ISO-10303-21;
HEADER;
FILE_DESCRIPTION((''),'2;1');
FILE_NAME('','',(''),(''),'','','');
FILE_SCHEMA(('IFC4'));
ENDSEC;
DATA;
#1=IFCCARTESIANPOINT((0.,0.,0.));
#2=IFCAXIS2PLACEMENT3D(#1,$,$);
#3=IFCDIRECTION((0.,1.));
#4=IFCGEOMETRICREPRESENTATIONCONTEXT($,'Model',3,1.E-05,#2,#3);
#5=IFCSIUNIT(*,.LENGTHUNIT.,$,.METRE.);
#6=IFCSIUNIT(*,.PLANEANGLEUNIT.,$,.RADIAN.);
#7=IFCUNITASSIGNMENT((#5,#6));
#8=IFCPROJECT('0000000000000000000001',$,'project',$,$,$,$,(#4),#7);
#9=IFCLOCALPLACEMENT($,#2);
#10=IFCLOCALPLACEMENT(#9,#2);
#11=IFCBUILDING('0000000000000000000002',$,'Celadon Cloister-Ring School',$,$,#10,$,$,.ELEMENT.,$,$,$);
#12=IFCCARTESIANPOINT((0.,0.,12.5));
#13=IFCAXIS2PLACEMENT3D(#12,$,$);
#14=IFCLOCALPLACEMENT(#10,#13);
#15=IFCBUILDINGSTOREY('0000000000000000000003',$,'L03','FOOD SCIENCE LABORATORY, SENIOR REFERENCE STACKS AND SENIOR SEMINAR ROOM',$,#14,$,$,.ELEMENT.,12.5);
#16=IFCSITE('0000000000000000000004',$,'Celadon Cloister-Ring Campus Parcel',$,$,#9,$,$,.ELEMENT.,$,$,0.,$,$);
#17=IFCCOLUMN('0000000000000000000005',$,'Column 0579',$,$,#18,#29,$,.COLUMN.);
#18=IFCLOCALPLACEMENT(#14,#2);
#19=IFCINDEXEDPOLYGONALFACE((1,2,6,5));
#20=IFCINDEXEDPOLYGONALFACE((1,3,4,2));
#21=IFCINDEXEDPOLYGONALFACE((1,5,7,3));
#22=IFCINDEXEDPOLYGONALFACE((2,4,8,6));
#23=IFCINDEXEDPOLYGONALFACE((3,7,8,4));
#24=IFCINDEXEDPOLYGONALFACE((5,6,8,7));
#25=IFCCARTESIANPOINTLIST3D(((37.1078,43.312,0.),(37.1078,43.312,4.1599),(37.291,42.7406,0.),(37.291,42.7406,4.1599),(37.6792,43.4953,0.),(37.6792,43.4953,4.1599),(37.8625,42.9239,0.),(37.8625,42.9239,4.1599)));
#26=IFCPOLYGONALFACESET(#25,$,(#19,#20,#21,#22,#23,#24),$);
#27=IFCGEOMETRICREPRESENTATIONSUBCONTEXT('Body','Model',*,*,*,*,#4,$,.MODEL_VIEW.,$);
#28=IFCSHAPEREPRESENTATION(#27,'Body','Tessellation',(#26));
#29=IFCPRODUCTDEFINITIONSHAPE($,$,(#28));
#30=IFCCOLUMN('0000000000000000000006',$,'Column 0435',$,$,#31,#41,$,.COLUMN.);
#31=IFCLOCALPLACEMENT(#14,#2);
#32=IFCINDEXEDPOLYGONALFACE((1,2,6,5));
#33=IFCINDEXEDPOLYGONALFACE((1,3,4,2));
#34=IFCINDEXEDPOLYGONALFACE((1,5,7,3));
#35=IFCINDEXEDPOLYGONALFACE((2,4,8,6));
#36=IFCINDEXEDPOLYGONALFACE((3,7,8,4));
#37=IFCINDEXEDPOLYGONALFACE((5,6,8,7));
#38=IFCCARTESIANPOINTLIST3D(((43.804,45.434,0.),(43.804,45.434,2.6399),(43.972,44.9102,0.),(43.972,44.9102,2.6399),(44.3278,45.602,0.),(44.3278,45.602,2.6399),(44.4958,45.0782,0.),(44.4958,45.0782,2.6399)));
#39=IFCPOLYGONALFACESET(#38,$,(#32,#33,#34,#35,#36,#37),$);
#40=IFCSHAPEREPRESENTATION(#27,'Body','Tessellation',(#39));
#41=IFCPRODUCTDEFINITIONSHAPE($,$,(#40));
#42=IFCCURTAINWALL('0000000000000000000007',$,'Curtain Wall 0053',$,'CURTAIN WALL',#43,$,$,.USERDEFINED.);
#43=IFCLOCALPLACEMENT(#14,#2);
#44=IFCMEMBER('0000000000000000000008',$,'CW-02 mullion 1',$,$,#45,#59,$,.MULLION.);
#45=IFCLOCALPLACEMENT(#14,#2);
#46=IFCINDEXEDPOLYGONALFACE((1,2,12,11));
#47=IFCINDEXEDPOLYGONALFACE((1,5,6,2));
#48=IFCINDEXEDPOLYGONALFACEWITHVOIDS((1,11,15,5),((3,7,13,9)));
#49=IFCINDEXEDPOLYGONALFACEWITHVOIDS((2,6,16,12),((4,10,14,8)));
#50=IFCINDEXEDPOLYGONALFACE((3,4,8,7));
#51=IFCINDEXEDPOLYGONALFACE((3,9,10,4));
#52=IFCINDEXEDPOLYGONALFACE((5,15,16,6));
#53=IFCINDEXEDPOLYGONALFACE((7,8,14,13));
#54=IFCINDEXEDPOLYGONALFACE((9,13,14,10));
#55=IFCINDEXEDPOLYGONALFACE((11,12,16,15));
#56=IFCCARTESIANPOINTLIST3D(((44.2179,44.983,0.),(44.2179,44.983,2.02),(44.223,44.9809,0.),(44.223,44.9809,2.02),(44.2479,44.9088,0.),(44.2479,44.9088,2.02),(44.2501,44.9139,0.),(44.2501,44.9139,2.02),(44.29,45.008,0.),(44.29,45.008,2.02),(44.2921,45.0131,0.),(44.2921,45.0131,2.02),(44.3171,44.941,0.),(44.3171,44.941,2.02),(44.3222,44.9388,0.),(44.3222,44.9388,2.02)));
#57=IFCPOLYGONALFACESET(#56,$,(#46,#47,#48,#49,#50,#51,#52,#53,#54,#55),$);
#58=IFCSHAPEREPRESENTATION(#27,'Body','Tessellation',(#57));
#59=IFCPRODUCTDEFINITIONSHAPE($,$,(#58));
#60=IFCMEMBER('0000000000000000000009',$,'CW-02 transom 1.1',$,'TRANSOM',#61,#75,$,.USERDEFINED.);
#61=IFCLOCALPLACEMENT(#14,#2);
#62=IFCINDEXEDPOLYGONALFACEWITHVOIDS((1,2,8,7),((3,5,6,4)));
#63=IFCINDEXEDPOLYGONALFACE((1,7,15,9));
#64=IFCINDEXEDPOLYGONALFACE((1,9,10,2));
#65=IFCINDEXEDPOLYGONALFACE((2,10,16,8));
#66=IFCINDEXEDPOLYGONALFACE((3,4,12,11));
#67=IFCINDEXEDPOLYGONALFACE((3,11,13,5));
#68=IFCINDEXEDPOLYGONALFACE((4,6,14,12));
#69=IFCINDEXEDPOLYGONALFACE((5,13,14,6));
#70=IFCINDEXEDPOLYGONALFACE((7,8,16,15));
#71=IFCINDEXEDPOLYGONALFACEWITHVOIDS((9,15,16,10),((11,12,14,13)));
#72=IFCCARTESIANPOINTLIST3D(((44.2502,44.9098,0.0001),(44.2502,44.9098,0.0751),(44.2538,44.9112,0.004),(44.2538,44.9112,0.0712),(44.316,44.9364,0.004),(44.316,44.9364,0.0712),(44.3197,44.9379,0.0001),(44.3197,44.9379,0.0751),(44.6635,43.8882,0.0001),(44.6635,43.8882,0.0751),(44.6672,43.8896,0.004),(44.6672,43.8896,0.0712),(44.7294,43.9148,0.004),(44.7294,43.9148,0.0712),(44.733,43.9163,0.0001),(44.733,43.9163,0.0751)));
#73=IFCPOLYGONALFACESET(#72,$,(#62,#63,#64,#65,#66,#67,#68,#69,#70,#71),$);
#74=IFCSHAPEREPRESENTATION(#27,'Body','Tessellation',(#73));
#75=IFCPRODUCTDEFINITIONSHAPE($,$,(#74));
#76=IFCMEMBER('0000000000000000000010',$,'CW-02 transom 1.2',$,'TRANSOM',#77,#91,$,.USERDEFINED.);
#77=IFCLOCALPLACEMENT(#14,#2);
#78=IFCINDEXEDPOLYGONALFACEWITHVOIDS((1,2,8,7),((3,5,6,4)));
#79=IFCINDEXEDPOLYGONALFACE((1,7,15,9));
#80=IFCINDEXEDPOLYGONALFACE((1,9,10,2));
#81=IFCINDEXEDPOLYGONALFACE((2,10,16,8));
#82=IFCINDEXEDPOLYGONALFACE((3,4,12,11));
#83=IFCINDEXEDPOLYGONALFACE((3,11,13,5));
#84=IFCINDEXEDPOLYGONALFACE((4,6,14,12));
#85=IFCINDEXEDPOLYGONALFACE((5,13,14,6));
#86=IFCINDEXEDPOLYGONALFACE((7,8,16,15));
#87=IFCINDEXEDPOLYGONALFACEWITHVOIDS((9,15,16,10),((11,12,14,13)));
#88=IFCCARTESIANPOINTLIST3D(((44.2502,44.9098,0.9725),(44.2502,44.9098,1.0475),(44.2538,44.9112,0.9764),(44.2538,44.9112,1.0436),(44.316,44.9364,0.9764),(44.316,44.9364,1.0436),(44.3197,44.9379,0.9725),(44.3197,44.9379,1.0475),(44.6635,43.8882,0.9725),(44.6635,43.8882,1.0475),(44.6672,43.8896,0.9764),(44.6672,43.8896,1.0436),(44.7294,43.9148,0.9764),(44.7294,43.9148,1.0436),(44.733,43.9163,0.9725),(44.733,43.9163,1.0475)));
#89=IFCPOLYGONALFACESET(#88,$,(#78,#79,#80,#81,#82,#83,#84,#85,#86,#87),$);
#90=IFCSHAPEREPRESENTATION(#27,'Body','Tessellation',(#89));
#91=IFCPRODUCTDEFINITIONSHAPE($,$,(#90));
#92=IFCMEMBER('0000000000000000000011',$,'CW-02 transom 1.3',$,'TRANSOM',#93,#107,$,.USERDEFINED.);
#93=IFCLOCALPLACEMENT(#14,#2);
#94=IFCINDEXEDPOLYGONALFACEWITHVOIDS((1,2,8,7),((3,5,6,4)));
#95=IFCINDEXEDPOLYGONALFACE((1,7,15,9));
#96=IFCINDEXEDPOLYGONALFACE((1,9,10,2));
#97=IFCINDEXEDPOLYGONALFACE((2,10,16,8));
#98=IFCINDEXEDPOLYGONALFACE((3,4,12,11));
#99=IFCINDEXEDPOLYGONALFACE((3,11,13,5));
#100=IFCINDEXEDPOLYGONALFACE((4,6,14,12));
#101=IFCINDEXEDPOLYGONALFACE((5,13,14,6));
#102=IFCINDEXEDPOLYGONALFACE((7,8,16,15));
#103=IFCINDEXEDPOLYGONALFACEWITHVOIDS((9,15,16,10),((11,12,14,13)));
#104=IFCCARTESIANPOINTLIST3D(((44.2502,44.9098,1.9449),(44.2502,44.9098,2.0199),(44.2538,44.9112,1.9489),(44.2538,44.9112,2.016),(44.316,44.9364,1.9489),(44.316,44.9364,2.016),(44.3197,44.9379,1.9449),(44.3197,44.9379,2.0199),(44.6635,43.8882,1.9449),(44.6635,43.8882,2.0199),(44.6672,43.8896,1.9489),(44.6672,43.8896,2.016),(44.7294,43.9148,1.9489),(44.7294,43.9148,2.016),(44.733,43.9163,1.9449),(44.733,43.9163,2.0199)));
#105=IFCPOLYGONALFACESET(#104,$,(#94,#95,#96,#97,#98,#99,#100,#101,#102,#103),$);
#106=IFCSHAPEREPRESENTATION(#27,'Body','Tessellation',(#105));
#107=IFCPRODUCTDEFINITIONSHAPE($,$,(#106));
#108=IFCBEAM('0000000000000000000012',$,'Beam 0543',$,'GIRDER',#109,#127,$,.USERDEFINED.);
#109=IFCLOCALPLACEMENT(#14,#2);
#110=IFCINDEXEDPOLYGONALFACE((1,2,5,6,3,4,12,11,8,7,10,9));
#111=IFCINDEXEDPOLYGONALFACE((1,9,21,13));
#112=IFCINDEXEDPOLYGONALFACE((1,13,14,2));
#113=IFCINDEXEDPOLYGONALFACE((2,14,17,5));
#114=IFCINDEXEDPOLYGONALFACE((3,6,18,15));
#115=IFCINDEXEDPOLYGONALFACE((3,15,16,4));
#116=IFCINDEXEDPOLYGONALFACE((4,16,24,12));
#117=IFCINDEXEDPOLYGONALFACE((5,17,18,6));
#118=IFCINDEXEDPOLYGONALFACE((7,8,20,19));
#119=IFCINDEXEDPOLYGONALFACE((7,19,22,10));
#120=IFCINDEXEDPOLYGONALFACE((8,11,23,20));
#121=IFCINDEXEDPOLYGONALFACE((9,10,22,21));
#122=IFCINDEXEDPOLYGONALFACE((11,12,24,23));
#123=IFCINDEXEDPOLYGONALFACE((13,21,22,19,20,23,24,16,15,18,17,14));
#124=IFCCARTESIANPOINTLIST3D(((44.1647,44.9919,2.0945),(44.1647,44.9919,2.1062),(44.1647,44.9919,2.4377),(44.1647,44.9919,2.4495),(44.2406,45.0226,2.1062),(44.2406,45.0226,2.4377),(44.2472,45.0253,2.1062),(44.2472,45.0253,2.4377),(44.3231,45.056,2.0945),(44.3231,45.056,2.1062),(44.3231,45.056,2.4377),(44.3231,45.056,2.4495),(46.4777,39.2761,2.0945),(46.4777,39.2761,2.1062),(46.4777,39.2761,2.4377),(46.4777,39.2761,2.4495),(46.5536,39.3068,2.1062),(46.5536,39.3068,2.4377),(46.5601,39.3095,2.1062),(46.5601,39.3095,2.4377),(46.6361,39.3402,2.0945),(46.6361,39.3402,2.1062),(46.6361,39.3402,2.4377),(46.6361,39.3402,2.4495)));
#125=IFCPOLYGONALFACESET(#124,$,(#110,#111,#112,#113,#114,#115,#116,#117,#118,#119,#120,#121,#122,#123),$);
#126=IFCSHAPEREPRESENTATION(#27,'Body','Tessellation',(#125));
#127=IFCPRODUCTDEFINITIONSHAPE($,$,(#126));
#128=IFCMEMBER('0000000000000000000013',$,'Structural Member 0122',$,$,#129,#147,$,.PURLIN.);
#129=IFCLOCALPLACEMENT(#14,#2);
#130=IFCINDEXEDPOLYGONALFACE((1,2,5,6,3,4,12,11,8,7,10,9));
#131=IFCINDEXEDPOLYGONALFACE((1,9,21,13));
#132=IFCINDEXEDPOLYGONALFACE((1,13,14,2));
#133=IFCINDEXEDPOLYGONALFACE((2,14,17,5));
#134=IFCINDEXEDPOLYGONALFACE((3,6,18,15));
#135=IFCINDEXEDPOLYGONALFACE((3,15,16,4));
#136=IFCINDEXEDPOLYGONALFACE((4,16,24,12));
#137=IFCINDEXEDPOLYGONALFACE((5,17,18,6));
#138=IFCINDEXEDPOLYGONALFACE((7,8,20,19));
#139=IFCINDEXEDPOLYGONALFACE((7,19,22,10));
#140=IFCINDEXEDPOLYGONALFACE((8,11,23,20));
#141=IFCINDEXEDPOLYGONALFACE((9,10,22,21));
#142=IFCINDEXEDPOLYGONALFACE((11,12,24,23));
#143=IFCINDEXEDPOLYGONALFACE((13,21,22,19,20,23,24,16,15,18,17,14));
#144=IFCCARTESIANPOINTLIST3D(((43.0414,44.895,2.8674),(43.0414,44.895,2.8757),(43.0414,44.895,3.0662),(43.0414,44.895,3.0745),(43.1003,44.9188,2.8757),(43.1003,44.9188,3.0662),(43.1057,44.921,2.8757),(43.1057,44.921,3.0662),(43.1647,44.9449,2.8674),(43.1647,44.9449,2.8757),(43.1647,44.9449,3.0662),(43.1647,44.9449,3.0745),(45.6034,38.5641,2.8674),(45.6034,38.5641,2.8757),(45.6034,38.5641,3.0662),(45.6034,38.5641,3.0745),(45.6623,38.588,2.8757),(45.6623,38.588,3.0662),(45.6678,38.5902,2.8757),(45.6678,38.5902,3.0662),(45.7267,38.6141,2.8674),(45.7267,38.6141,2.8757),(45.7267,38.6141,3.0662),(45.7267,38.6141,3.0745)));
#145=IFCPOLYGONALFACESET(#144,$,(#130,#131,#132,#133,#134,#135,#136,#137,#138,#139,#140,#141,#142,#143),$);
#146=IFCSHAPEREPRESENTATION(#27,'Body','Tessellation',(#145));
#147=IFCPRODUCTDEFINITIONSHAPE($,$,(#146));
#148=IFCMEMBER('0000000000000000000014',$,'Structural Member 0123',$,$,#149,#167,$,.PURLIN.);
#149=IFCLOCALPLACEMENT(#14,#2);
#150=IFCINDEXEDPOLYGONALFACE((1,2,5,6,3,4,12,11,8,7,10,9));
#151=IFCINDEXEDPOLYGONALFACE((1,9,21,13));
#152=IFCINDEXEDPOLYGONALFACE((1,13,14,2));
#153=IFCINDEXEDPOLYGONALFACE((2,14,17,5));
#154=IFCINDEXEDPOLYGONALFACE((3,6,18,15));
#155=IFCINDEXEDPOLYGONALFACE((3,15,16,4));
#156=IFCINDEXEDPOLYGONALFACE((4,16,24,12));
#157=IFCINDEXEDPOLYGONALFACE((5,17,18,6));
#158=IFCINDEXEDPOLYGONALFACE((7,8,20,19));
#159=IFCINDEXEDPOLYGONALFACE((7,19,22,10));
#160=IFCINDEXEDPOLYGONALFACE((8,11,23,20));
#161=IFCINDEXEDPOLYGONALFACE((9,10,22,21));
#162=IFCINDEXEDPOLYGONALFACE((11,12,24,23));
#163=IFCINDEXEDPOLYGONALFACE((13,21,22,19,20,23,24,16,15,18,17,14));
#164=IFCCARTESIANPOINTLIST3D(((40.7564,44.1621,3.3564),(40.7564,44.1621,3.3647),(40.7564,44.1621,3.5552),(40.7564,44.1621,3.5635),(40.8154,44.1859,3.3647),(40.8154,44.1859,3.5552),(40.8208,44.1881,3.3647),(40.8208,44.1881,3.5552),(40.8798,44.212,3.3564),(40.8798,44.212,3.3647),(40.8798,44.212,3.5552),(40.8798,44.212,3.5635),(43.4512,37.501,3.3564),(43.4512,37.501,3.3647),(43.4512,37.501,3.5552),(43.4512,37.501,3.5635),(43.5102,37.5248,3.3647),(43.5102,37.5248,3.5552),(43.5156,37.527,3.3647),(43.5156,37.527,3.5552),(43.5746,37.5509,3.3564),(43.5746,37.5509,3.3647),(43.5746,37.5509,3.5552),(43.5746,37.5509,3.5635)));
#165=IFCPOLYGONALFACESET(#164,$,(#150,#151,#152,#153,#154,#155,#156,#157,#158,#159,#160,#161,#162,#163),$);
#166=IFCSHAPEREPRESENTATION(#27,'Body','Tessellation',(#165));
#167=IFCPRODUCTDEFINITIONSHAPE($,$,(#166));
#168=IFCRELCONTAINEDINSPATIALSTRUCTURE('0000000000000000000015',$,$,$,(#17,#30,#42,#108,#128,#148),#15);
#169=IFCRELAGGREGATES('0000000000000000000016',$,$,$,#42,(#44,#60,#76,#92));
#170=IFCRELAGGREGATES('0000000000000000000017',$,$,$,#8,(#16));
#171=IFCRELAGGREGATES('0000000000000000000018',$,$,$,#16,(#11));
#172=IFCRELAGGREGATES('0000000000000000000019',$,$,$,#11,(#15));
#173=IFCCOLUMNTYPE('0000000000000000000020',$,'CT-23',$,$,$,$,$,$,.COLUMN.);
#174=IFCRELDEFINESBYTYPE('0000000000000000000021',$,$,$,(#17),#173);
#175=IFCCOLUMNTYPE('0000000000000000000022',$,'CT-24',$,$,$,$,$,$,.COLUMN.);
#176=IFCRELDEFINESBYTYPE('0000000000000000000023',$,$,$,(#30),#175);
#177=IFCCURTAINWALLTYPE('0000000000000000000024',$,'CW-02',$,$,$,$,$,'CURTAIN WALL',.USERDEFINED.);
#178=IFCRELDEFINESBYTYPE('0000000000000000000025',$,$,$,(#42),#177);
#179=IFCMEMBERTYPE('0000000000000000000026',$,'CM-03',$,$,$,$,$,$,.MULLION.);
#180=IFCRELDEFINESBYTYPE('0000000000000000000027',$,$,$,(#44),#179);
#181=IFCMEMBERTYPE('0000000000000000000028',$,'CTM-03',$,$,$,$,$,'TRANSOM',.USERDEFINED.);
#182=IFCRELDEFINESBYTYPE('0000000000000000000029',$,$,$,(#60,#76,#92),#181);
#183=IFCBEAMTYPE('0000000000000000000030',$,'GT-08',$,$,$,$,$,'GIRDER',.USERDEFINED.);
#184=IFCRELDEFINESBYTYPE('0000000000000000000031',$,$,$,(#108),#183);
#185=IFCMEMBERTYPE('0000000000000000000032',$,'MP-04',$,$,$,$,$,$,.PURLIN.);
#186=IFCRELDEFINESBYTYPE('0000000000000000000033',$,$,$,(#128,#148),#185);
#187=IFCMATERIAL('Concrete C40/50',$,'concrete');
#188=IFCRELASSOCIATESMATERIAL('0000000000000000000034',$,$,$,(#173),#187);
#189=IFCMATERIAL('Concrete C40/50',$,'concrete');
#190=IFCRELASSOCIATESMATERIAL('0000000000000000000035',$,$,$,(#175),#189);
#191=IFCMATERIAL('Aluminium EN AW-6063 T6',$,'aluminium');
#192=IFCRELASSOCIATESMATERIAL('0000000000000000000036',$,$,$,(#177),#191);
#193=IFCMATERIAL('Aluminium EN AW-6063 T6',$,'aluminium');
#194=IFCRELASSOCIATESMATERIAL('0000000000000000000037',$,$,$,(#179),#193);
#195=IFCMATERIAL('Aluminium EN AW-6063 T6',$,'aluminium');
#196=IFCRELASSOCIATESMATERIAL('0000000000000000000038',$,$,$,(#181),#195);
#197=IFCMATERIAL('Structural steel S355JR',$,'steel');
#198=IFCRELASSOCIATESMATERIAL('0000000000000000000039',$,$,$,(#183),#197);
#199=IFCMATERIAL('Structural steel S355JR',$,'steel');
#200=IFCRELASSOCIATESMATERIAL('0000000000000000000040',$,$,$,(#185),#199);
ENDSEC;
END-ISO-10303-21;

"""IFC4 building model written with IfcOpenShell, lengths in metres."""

from ifc_helpers import new_model, si_unit, direction, frame, origin, origin_2d, place, context, subcontext, project, spatial, rectangle, hollow_rectangle, i_section, extrude, material, material_profile, profile_set, type_object, element, aggregate, save


model = new_model("IFC4")

# Units and contexts
model_context = context("Model", 3, precision=1e-05, world=origin(), true_north=direction((0.0, 1.0)))
body_context = subcontext(model_context, "Body", "Model", "MODEL_VIEW")
ifc_project = project(units=[si_unit("LENGTHUNIT", "METRE"), si_unit("PLANEANGLEUNIT", "RADIAN")], contexts=[model_context])

# Site, building, storey
site_placement = place(None, origin())
site = spatial("IfcSite", under=ifc_project, at=site_placement, Name="Celadon Cloister-Ring Campus Parcel", CompositionType="ELEMENT", RefElevation=0.0)
building_placement = place(site_placement, origin())
building = spatial("IfcBuilding", under=site, at=building_placement, Name="Celadon Cloister-Ring School", CompositionType="ELEMENT")
storey_placement = place(building_placement, frame((0.0, 0.0, 12.5)))
storey = spatial("IfcBuildingStorey", under=building, at=storey_placement, Name="L03", Description="FOOD SCIENCE LABORATORY, SENIOR REFERENCE STACKS AND SENIOR SEMINAR ROOM", CompositionType="ELEMENT", Elevation=12.5)

# Columns
ifc_material_1 = material(Name="Concrete C40/50", Category="concrete")
ifc_material_profile_1 = material_profile(ifc_material_1, rectangle(XDim=0.6001, YDim=0.6001, at=origin_2d()), Name="RC600X600")
ifc_profile_set_1 = profile_set([ifc_material_profile_1], Name="Concrete C40/50")
column_type_1 = type_object("IfcColumnType", Name="CT-23", PredefinedType="COLUMN", material=ifc_profile_set_1)
column_1_placement = place(storey_placement, frame((37.4851, 43.1179, 0.0), z_axis=(0.0, 0.0, 1.0), x_axis=(-0.952215, -0.305429, 0.0)))
element("IfcColumn", 1, at=column_1_placement, inside=storey, type_object=column_type_1, Name="Column 0579", PredefinedType="COLUMN", context=body_context, shape_type="SweptSolid", body=[
    extrude(rectangle(XDim=0.6001, YDim=0.6001, at=origin_2d()), origin(), (0.0, 0.0, 1.0), 4.1599),
])
ifc_material_2 = material(Name="Concrete C40/50", Category="concrete")
ifc_material_profile_2 = material_profile(ifc_material_2, rectangle(XDim=0.55, YDim=0.55, at=origin_2d()), Name="RC550X550")
ifc_profile_set_2 = profile_set([ifc_material_profile_2], Name="Concrete C40/50")
column_type_2 = type_object("IfcColumnType", Name="CT-24", PredefinedType="COLUMN", material=ifc_profile_set_2)
column_2_placement = place(storey_placement, frame((44.1499, 45.2561, 0.0), z_axis=(0.0, 0.0, 1.0), x_axis=(-0.952215, -0.305429, 0.0)))
element("IfcColumn", 2, at=column_2_placement, inside=storey, type_object=column_type_2, Name="Column 0435", PredefinedType="COLUMN", context=body_context, shape_type="SweptSolid", body=[
    extrude(rectangle(XDim=0.55, YDim=0.55, at=origin_2d()), origin(), (0.0, 0.0, 1.0), 2.6399),
])

# Curtain wall, members
ifc_material_3 = material(Name="Aluminium EN AW-6063 T6", Category="aluminium")
curtain_wall_type = type_object("IfcCurtainWallType", Name="CW-02", ElementType="CURTAIN WALL", PredefinedType="USERDEFINED", material=ifc_material_3)
curtain_wall_placement = place(storey_placement, origin())
curtain_wall = element("IfcCurtainWall", 3, at=curtain_wall_placement, inside=storey, type_object=curtain_wall_type, Name="Curtain Wall 0053", ObjectType="CURTAIN WALL", PredefinedType="USERDEFINED")
ifc_material_4 = material(Name="Aluminium EN AW-6063 T6", Category="aluminium")
ifc_material_profile_3 = material_profile(ifc_material_4, hollow_rectangle(XDim=0.0801, YDim=0.0801, WallThickness=0.0039, at=origin_2d()), Name="RHS80X80X4")
ifc_profile_set_3 = profile_set([ifc_material_profile_3], Name="Aluminium EN AW-6063 T6")
member_type_1 = type_object("IfcMemberType", Name="CM-03", PredefinedType="MULLION", material=ifc_profile_set_3)
member_1_placement = place(storey_placement, frame((44.27, 44.9609, 0.0), z_axis=(0.0, 0.0, 1.0), x_axis=(0.927036, 0.374972, 0.0)))
member_1 = element("IfcMember", 4, at=member_1_placement, type_object=member_type_1, Name="CW-02 mullion 1", PredefinedType="MULLION", context=body_context, shape_type="SweptSolid", body=[
    extrude(hollow_rectangle(XDim=0.0801, YDim=0.0801, WallThickness=0.0039, at=origin_2d()), origin(), (0.0, 0.0, 1.0), 2.02),
])
ifc_material_5 = material(Name="Aluminium EN AW-6063 T6", Category="aluminium")
ifc_material_profile_4 = material_profile(ifc_material_5, hollow_rectangle(XDim=0.075, YDim=0.075, WallThickness=0.0039, at=origin_2d()), Name="RHS75X75X4")
ifc_profile_set_4 = profile_set([ifc_material_profile_4], Name="Aluminium EN AW-6063 T6")
member_type_2 = type_object("IfcMemberType", Name="CTM-03", ElementType="TRANSOM", PredefinedType="USERDEFINED", material=ifc_profile_set_4)
member_2_placement = place(storey_placement, frame((44.2849, 44.9238, 0.0376), z_axis=(0.375093, -0.926987, 0.0), x_axis=(0.926987, 0.375093, 0.0)))
member_2 = element("IfcMember", 5, at=member_2_placement, type_object=member_type_2, Name="CW-02 transom 1.1", ObjectType="TRANSOM", PredefinedType="USERDEFINED", context=body_context, shape_type="SweptSolid", body=[
    extrude(hollow_rectangle(XDim=0.075, YDim=0.075, WallThickness=0.0039, at=origin_2d()), origin(), (0.0, 0.0, 1.0), 1.1021),
])
member_3_placement = place(storey_placement, frame((44.2849, 44.9238, 1.01), z_axis=(0.375093, -0.926987, 0.0), x_axis=(0.926987, 0.375093, 0.0)))
member_3 = element("IfcMember", 6, at=member_3_placement, type_object=member_type_2, Name="CW-02 transom 1.2", ObjectType="TRANSOM", PredefinedType="USERDEFINED", context=body_context, shape_type="SweptSolid", body=[
    extrude(hollow_rectangle(XDim=0.075, YDim=0.075, WallThickness=0.0039, at=origin_2d()), origin(), (0.0, 0.0, 1.0), 1.1021),
])
member_4_placement = place(storey_placement, frame((44.2849, 44.9238, 1.9824), z_axis=(0.375093, -0.926987, 0.0), x_axis=(0.926987, 0.375093, 0.0)))
member_4 = element("IfcMember", 7, at=member_4_placement, type_object=member_type_2, Name="CW-02 transom 1.3", ObjectType="TRANSOM", PredefinedType="USERDEFINED", context=body_context, shape_type="SweptSolid", body=[
    extrude(hollow_rectangle(XDim=0.075, YDim=0.075, WallThickness=0.0039, at=origin_2d()), origin(), (0.0, 0.0, 1.0), 1.1021),
])
aggregate(curtain_wall, [member_1, member_2, member_3, member_4])

# Beam
ifc_material_6 = material(Name="Structural steel S355JR", Category="steel")
ifc_material_profile_5 = material_profile(ifc_material_6, i_section(OverallWidth=0.1709, OverallDepth=0.355, WebThickness=0.0071, FlangeThickness=0.0117, at=origin_2d()), Name="W360X51")
ifc_profile_set_5 = profile_set([ifc_material_profile_5], Name="Structural steel S355JR")
beam_type_1 = type_object("IfcBeamType", Name="GT-08", ElementType="GIRDER", PredefinedType="USERDEFINED", material=ifc_profile_set_5)
beam_1_placement = place(storey_placement, frame((44.2439, 45.0239, 2.272), z_axis=(0.375115, -0.926978, 0.0), x_axis=(0.926978, 0.375115, 0.0)))
element("IfcBeam", 8, at=beam_1_placement, inside=storey, type_object=beam_type_1, Name="Beam 0543", ObjectType="GIRDER", PredefinedType="USERDEFINED", context=body_context, shape_type="SweptSolid", body=[
    extrude(i_section(OverallWidth=0.1709, OverallDepth=0.355, WebThickness=0.0071, FlangeThickness=0.0117, at=origin_2d()), origin(), (0.0, 0.0, 1.0), 6.166),
])

# Members
ifc_material_7 = material(Name="Structural steel S355JR", Category="steel")
ifc_material_profile_6 = material_profile(ifc_material_7, i_section(OverallWidth=0.1331, OverallDepth=0.207, WebThickness=0.0059, FlangeThickness=0.0083, at=origin_2d()), Name="W200X27")
ifc_profile_set_6 = profile_set([ifc_material_profile_6], Name="Structural steel S355JR")
member_type_3 = type_object("IfcMemberType", Name="MP-04", PredefinedType="PURLIN", material=ifc_profile_set_6)
member_5_placement = place(storey_placement, frame((43.103, 44.9199, 2.9709), z_axis=(0.375135, -0.92697, 0.0), x_axis=(0.92697, 0.375135, 0.0)))
element("IfcMember", 9, at=member_5_placement, inside=storey, type_object=member_type_3, Name="Structural Member 0122", PredefinedType="PURLIN", context=body_context, shape_type="SweptSolid", body=[
    extrude(i_section(OverallWidth=0.1331, OverallDepth=0.207, WebThickness=0.0059, FlangeThickness=0.0083, at=origin_2d()), origin(), (0.0, 0.0, 1.0), 6.8296),
])
member_6_placement = place(storey_placement, frame((40.8181, 44.187, 3.46), z_axis=(0.375031, -0.927012, 0.0), x_axis=(0.927012, 0.375031, 0.0)))
element("IfcMember", 10, at=member_6_placement, inside=storey, type_object=member_type_3, Name="Structural Member 0123", PredefinedType="PURLIN", context=body_context, shape_type="SweptSolid", body=[
    extrude(i_section(OverallWidth=0.1331, OverallDepth=0.207, WebThickness=0.0059, FlangeThickness=0.0083, at=origin_2d()), origin(), (0.0, 0.0, 1.0), 7.1855),
])

save(model, "model.ifc")
